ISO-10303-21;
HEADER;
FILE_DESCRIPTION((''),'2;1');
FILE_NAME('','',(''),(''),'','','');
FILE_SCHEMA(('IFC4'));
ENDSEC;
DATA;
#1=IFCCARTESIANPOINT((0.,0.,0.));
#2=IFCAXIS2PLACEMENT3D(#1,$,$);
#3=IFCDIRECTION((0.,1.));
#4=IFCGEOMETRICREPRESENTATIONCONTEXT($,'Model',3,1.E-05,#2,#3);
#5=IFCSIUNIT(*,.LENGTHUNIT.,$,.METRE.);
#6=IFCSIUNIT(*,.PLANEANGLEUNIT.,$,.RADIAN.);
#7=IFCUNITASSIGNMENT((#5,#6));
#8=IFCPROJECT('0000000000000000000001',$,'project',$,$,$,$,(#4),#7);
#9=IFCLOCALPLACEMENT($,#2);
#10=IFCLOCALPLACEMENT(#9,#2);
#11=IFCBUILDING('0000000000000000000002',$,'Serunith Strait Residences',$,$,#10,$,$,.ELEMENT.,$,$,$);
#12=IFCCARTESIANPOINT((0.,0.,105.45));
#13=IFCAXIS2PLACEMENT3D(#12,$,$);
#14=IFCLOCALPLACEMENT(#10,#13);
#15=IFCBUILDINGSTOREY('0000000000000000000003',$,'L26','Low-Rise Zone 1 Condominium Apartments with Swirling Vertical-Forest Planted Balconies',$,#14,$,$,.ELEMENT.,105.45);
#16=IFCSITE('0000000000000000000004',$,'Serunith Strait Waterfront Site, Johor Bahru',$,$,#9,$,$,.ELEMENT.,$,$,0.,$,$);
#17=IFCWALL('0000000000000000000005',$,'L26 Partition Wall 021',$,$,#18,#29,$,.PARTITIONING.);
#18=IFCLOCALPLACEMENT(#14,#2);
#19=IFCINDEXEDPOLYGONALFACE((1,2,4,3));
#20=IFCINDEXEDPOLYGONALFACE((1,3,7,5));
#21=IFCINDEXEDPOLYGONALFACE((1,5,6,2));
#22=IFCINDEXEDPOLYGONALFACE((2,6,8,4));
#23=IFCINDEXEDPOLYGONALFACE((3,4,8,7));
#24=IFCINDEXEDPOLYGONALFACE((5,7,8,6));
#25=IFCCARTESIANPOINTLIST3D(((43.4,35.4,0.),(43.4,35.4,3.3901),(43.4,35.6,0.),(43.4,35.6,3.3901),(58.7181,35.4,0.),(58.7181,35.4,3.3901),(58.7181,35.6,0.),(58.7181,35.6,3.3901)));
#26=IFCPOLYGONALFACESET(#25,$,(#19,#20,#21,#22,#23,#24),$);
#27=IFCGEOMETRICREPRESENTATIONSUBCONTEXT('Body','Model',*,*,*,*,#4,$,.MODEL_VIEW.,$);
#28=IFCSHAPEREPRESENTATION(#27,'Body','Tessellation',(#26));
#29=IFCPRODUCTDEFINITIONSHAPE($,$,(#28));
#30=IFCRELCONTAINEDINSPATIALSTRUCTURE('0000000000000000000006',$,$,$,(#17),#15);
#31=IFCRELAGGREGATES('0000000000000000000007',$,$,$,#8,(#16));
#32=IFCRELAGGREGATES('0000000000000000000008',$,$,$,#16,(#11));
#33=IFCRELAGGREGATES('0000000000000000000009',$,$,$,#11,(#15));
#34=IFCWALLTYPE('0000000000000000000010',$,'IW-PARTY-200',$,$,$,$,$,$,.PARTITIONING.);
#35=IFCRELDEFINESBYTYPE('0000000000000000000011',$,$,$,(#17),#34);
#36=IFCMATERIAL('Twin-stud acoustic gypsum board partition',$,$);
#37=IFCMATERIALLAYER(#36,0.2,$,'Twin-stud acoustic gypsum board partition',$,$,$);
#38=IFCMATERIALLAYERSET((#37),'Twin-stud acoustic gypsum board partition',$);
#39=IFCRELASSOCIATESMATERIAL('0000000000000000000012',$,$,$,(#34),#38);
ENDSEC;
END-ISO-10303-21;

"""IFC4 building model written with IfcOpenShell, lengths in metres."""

from ifc_helpers import new_model, si_unit, direction, frame, frame_2d, origin, place, context, subcontext, project, spatial, rectangle, extrude, material, layer, layer_set, type_object, element, save


model = new_model("IFC4")

# Units and contexts
model_context = context("Model", 3, precision=1e-05, world=origin(), true_north=direction((0.0, 1.0)))
body_context = subcontext(model_context, "Body", "Model", "MODEL_VIEW")
ifc_project = project(units=[si_unit("LENGTHUNIT", "METRE"), si_unit("PLANEANGLEUNIT", "RADIAN")], contexts=[model_context])

# Site, building, storey
site_placement = place(None, origin())
site = spatial("IfcSite", under=ifc_project, at=site_placement, Name="Serunith Strait Waterfront Site, Johor Bahru", CompositionType="ELEMENT", RefElevation=0.0)
building_placement = place(site_placement, origin())
building = spatial("IfcBuilding", under=site, at=building_placement, Name="Serunith Strait Residences", CompositionType="ELEMENT")
storey_placement = place(building_placement, frame((0.0, 0.0, 105.45)))
storey = spatial("IfcBuildingStorey", under=building, at=storey_placement, Name="L26", Description="Low-Rise Zone 1 Condominium Apartments with Swirling Vertical-Forest Planted Balconies", CompositionType="ELEMENT", Elevation=105.45)

# Wall
ifc_material_1 = material(Name="Twin-stud acoustic gypsum board partition")
ifc_layer_1 = layer(ifc_material_1, 0.2, Name="Twin-stud acoustic gypsum board partition")
ifc_layer_set_1 = layer_set([ifc_layer_1], Name="Twin-stud acoustic gypsum board partition")
wall_type_1 = type_object("IfcWallType", Name="IW-PARTY-200", PredefinedType="PARTITIONING", material=ifc_layer_set_1)
wall_1_placement = place(storey_placement, frame((43.3999, 35.5, 0.0), z_axis=(0.0, 0.0, 1.0), x_axis=(1.0, 0.0, 0.0)))
element("IfcWall", 1, at=wall_1_placement, inside=storey, type_object=wall_type_1, Name="L26 Partition Wall 021", PredefinedType="PARTITIONING", context=body_context, shape_type="SweptSolid", body=[
    extrude(rectangle(XDim=15.3181, YDim=0.2, at=frame_2d((7.6592, 0.0))), origin(), (0.0, 0.0, 1.0), 3.3901),
])

save(model, "model.ifc")
